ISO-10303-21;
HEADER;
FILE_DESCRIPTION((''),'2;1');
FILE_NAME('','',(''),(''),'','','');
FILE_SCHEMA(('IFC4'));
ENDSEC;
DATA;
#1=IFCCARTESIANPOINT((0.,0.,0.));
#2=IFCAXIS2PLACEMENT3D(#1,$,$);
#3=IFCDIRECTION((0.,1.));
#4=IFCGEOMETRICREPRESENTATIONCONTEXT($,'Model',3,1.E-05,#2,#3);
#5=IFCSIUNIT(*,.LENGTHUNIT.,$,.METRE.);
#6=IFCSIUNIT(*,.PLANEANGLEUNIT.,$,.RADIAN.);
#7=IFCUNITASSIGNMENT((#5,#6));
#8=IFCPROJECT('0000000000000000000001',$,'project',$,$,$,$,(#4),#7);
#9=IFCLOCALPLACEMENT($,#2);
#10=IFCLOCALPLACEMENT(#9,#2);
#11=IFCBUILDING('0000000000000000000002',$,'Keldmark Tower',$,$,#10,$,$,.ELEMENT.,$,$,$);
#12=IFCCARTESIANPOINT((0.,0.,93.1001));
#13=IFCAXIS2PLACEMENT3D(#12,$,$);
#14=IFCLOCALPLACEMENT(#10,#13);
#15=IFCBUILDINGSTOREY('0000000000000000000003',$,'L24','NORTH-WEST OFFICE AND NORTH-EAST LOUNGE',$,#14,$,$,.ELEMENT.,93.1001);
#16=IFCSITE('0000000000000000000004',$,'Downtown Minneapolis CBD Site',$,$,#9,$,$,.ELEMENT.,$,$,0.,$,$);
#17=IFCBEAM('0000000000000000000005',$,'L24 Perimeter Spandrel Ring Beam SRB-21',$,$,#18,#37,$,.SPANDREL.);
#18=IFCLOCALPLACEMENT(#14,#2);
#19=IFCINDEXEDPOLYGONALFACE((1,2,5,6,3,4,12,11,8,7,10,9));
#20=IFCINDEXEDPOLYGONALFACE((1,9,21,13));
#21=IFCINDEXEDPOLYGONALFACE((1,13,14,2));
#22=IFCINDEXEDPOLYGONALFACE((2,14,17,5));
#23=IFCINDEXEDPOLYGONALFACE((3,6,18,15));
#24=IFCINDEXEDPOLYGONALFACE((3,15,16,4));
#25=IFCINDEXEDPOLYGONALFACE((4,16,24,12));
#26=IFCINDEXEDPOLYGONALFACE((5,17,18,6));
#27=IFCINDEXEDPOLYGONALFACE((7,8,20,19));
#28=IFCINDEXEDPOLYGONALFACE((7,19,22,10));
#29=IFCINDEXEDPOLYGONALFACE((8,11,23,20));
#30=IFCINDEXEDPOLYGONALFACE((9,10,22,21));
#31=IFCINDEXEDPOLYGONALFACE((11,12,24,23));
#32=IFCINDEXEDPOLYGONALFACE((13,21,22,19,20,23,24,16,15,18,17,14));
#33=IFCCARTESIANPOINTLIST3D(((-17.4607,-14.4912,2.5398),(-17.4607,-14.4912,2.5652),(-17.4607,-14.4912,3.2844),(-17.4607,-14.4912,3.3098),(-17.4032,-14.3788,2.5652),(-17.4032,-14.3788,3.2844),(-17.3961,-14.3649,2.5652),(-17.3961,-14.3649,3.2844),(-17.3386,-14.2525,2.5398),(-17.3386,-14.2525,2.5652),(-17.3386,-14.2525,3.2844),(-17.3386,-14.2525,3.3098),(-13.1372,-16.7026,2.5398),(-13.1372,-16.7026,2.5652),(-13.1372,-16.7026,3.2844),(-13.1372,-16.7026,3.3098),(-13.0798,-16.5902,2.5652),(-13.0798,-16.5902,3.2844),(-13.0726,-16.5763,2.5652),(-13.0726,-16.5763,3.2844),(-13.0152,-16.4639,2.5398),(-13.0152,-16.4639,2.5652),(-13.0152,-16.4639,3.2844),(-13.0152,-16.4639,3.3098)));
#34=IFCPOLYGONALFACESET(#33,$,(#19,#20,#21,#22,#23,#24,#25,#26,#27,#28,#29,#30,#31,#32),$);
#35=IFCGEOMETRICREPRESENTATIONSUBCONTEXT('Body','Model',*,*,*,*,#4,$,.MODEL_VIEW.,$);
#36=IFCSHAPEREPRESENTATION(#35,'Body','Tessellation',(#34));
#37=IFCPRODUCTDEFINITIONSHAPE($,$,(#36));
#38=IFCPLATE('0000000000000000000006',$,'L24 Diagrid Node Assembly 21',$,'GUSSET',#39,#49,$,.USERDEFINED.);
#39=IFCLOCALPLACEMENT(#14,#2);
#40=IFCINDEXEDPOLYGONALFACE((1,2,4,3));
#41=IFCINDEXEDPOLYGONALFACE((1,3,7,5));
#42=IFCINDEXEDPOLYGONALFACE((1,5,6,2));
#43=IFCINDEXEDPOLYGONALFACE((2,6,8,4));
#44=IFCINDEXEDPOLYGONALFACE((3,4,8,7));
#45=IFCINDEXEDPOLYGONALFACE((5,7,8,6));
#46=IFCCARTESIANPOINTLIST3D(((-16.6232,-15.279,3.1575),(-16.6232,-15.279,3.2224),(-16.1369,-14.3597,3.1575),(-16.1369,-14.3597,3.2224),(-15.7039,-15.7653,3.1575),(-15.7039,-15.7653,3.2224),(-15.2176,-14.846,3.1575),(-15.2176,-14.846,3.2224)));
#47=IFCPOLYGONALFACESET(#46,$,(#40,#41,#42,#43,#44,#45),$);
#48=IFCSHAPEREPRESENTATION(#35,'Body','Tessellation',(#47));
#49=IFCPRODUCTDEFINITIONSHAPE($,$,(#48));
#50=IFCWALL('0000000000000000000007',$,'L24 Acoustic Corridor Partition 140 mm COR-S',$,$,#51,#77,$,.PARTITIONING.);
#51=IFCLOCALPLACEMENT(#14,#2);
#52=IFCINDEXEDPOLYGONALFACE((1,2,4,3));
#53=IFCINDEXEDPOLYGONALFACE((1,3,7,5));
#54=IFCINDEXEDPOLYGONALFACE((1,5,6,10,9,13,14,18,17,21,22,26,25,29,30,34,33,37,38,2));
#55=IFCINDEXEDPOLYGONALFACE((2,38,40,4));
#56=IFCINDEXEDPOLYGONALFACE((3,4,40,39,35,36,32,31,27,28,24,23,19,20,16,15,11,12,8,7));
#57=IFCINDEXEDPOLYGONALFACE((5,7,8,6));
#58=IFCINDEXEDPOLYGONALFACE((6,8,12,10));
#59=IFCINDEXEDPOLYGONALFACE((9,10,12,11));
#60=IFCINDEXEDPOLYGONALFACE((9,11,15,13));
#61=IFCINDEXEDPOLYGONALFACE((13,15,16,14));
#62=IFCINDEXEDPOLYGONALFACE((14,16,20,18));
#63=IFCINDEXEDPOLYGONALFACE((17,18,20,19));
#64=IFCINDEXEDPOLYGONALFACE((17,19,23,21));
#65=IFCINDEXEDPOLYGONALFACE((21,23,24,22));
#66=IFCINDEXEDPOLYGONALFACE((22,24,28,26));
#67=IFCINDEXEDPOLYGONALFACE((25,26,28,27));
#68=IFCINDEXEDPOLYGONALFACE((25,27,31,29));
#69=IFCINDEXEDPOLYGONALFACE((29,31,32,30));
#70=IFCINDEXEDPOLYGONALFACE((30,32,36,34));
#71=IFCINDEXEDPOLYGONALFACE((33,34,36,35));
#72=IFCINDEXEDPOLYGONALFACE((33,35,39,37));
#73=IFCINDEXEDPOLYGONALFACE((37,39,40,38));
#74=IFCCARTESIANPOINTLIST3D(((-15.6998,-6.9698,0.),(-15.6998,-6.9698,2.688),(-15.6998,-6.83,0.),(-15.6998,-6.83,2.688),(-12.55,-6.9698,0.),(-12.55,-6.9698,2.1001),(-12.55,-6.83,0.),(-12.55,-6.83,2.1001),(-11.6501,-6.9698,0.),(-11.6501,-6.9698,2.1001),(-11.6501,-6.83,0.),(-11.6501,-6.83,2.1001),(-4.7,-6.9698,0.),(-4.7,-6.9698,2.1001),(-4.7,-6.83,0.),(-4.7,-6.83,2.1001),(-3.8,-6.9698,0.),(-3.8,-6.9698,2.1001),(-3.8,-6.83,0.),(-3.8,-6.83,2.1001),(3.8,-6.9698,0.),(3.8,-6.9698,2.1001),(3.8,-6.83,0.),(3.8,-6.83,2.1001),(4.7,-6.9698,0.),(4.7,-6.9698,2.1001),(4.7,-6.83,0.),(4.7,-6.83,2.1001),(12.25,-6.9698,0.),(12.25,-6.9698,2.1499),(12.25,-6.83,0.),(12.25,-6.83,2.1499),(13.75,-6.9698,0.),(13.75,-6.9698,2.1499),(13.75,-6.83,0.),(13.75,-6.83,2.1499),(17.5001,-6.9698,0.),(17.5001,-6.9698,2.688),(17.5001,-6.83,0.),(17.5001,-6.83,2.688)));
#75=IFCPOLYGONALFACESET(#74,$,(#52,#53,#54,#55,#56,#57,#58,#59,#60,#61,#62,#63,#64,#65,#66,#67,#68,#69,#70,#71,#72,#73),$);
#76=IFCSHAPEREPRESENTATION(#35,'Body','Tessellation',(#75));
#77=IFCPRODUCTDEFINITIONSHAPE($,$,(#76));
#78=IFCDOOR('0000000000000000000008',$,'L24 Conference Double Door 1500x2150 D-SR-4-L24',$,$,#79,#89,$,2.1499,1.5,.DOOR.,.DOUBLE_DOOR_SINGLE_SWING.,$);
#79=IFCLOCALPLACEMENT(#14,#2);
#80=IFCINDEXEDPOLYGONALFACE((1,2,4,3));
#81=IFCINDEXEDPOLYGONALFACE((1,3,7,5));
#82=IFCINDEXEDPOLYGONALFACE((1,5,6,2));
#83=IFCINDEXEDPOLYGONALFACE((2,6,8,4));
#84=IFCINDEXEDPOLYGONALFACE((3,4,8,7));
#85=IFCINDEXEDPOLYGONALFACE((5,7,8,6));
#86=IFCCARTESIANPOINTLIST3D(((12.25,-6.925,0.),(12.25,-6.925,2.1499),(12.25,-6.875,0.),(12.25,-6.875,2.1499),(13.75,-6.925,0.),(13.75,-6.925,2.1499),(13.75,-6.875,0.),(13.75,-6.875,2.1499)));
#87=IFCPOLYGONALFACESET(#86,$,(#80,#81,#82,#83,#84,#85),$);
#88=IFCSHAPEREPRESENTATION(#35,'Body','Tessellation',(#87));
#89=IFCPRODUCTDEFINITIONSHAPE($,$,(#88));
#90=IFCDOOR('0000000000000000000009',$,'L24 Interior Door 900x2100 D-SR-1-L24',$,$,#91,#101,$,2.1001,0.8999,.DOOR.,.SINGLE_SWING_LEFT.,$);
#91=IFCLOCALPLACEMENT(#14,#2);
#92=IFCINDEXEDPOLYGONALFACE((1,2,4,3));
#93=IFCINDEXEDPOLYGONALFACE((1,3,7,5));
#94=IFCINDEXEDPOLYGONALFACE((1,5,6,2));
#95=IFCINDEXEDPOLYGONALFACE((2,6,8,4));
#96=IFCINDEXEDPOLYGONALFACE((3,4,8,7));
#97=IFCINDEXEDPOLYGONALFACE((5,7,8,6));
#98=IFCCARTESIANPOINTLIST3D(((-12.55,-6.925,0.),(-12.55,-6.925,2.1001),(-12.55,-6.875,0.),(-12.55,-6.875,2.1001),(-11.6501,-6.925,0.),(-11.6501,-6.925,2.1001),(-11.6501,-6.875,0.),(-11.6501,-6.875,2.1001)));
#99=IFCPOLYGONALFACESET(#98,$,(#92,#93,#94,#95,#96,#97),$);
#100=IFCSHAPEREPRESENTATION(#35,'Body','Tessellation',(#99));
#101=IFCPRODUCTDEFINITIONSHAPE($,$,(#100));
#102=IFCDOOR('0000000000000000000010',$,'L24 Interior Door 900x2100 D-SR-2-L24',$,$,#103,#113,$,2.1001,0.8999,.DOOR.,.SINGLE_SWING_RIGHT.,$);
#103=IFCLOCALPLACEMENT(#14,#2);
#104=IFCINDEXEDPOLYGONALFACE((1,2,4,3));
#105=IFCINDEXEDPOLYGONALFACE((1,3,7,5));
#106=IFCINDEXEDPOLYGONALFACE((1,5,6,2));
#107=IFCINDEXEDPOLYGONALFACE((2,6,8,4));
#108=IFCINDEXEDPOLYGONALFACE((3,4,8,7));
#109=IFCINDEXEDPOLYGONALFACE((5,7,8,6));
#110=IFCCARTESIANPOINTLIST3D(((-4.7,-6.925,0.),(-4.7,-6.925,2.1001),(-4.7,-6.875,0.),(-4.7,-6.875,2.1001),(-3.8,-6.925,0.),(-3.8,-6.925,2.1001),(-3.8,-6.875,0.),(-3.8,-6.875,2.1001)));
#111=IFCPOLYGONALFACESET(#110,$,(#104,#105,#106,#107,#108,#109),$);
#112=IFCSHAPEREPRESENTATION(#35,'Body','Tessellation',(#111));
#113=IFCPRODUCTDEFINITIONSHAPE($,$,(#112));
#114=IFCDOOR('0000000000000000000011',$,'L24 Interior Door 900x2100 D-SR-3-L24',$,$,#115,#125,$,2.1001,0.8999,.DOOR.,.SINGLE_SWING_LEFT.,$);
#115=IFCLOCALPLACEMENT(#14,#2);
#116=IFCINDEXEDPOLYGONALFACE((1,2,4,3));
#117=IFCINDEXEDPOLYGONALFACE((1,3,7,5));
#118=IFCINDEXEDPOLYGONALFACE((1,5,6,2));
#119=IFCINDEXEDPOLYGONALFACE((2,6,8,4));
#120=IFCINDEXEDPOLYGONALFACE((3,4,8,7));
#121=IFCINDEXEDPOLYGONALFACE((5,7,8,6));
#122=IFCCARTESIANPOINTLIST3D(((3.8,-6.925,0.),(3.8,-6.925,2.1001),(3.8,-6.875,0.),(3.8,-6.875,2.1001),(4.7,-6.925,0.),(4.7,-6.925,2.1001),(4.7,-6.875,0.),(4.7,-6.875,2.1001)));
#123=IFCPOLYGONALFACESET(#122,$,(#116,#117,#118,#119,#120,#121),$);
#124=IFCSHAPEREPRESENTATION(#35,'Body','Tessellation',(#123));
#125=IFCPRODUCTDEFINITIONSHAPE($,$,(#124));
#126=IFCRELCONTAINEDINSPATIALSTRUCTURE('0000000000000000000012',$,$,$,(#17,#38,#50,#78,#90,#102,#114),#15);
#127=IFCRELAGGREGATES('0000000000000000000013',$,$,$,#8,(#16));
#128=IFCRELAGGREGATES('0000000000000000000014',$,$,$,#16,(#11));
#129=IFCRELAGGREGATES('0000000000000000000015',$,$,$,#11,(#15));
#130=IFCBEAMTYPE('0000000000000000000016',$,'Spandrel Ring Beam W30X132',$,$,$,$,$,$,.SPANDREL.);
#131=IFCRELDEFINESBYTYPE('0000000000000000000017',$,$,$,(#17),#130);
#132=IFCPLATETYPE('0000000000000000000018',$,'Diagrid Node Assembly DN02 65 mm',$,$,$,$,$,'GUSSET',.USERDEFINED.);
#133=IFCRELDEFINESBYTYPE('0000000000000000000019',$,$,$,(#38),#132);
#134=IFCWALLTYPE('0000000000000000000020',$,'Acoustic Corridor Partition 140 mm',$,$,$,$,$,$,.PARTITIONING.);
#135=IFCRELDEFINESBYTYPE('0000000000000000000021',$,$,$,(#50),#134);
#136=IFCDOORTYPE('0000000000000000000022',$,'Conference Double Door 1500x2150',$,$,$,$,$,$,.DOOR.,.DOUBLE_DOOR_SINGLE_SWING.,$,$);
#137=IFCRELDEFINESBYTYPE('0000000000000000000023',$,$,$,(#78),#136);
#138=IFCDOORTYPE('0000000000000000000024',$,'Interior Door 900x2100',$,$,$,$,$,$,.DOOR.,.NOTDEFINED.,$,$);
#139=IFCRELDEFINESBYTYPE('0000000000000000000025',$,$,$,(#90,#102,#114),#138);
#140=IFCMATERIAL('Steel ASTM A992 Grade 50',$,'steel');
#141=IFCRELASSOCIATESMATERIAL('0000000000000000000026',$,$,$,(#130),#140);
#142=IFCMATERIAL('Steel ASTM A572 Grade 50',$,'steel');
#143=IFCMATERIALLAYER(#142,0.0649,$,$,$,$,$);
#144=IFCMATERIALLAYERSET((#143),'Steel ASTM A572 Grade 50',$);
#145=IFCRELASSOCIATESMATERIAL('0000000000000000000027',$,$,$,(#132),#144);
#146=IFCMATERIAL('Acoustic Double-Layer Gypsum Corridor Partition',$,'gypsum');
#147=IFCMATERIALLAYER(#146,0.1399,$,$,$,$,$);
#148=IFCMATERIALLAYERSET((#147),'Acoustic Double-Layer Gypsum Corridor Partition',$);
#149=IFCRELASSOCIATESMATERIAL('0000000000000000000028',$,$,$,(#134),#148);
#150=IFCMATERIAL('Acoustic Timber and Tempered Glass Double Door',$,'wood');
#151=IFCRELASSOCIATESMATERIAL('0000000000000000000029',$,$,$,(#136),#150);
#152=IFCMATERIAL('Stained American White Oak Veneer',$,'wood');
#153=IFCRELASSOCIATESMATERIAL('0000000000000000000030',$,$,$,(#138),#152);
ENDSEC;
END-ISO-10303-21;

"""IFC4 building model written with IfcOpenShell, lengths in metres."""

from ifc_helpers import new_model, si_unit, direction, frame, frame_2d, origin, origin_2d, place, context, subcontext, project, spatial, rectangle, i_section, extrude, material, layer, layer_set, material_profile, profile_set, type_object, element, fill, save


model = new_model("IFC4")

# Units and contexts
model_context = context("Model", 3, precision=1e-05, world=origin(), true_north=direction((0.0, 1.0)))
body_context = subcontext(model_context, "Body", "Model", "MODEL_VIEW")
ifc_project = project(units=[si_unit("LENGTHUNIT", "METRE"), si_unit("PLANEANGLEUNIT", "RADIAN")], contexts=[model_context])

# Site, building, storey
site_placement = place(None, origin())
site = spatial("IfcSite", under=ifc_project, at=site_placement, Name="Downtown Minneapolis CBD Site", CompositionType="ELEMENT", RefElevation=0.0)
building_placement = place(site_placement, origin())
building = spatial("IfcBuilding", under=site, at=building_placement, Name="Keldmark Tower", CompositionType="ELEMENT")
storey_placement = place(building_placement, frame((0.0, 0.0, 93.1001)))
storey = spatial("IfcBuildingStorey", under=building, at=storey_placement, Name="L24", Description="NORTH-WEST OFFICE AND NORTH-EAST LOUNGE", CompositionType="ELEMENT", Elevation=93.1001)

# Beam
ifc_material_1 = material(Name="Steel ASTM A992 Grade 50", Category="steel")
ifc_material_profile_1 = material_profile(ifc_material_1, i_section(OverallWidth=0.2681, OverallDepth=0.77, WebThickness=0.0156, FlangeThickness=0.0254, at=origin_2d()), Name="W30X132")
ifc_profile_set_1 = profile_set([ifc_material_profile_1], Name="Steel ASTM A992 Grade 50")
beam_type_1 = type_object("IfcBeamType", Name="Spandrel Ring Beam W30X132", PredefinedType="SPANDREL", material=ifc_profile_set_1)
beam_1_placement = place(storey_placement, frame((-17.3997, -14.3718, 2.9248), z_axis=(0.890297, -0.455379, 0.0), x_axis=(0.455379, 0.890297, 0.0)))
element("IfcBeam", 1, at=beam_1_placement, inside=storey, type_object=beam_type_1, Name="L24 Perimeter Spandrel Ring Beam SRB-21", PredefinedType="SPANDREL", context=body_context, shape_type="SweptSolid", body=[
    extrude(i_section(OverallWidth=0.2681, OverallDepth=0.77, WebThickness=0.0156, FlangeThickness=0.0254, at=origin_2d()), origin(), (0.0, 0.0, 1.0), 4.8562),
])

# Plate
ifc_material_2 = material(Name="Steel ASTM A572 Grade 50", Category="steel")
ifc_layer_1 = layer(ifc_material_2, 0.0649)
ifc_layer_set_1 = layer_set([ifc_layer_1], Name="Steel ASTM A572 Grade 50")
plate_type = type_object("IfcPlateType", Name="Diagrid Node Assembly DN02 65 mm", ElementType="GUSSET", PredefinedType="USERDEFINED", material=ifc_layer_set_1)
plate_placement = place(storey_placement, frame((-15.9204, -15.0625, 3.1575), z_axis=(0.0, 0.0, 1.0), x_axis=(0.883929, -0.467621, 0.0)))
element("IfcPlate", 2, at=plate_placement, inside=storey, type_object=plate_type, Name="L24 Diagrid Node Assembly 21", ObjectType="GUSSET", PredefinedType="USERDEFINED", context=body_context, shape_type="SweptSolid", body=[
    extrude(rectangle(XDim=1.04, YDim=1.04, at=origin_2d()), origin(), (0.0, 0.0, 1.0), 0.0649),
])

# Wall, openings, doors
ifc_material_3 = material(Name="Acoustic Double-Layer Gypsum Corridor Partition", Category="gypsum")
ifc_layer_2 = layer(ifc_material_3, 0.1399)
ifc_layer_set_2 = layer_set([ifc_layer_2], Name="Acoustic Double-Layer Gypsum Corridor Partition")
wall_type_1 = type_object("IfcWallType", Name="Acoustic Corridor Partition 140 mm", PredefinedType="PARTITIONING", material=ifc_layer_set_2)
wall_1_placement = place(storey_placement, frame((-15.7, -6.8999, 0.0), z_axis=(0.0, 0.0, 1.0), x_axis=(1.0, 0.0, 0.0)))
wall_1 = element("IfcWall", 3, at=wall_1_placement, inside=storey, type_object=wall_type_1, Name="L24 Acoustic Corridor Partition 140 mm COR-S", PredefinedType="PARTITIONING", context=body_context, shape_type="SweptSolid", body=[
    extrude(rectangle(XDim=33.2, YDim=0.1399, at=frame_2d((16.6001, 0.0))), origin(), (0.0, 0.0, 1.0), 2.688),
])
opening_1_placement = place(wall_1_placement, frame((3.1499, 0.0, 0.0)))
opening_1 = element("IfcOpeningElement", 4, at=opening_1_placement, cuts=wall_1, PredefinedType="OPENING", context=body_context, shape_type="SweptSolid", body=[
    extrude(rectangle(XDim=0.8999, YDim=2.1001, at=frame_2d((0.45, 1.05))), frame((0.0, 0.0798, 0.0), z_axis=(0.0, -1.0, 0.0), x_axis=(1.0, 0.0, 0.0)), (0.0, 0.0, 1.0), 0.1599),
])
opening_2_placement = place(wall_1_placement, frame((11.0, 0.0, 0.0)))
opening_2 = element("IfcOpeningElement", 5, at=opening_2_placement, cuts=wall_1, PredefinedType="OPENING", context=body_context, shape_type="SweptSolid", body=[
    extrude(rectangle(XDim=0.8999, YDim=2.1001, at=frame_2d((0.45, 1.05))), frame((0.0, 0.0798, 0.0), z_axis=(0.0, -1.0, 0.0), x_axis=(1.0, 0.0, 0.0)), (0.0, 0.0, 1.0), 0.1599),
])
opening_3_placement = place(wall_1_placement, frame((19.5, 0.0, 0.0)))
opening_3 = element("IfcOpeningElement", 6, at=opening_3_placement, cuts=wall_1, PredefinedType="OPENING", context=body_context, shape_type="SweptSolid", body=[
    extrude(rectangle(XDim=0.8999, YDim=2.1001, at=frame_2d((0.45, 1.05))), frame((0.0, 0.0798, 0.0), z_axis=(0.0, -1.0, 0.0), x_axis=(1.0, 0.0, 0.0)), (0.0, 0.0, 1.0), 0.1599),
])
opening_4_placement = place(wall_1_placement, frame((27.95, 0.0, 0.0)))
opening_4 = element("IfcOpeningElement", 7, at=opening_4_placement, cuts=wall_1, PredefinedType="OPENING", context=body_context, shape_type="SweptSolid", body=[
    extrude(rectangle(XDim=1.5, YDim=2.1499, at=frame_2d((0.75, 1.075))), frame((0.0, 0.0798, 0.0), z_axis=(0.0, -1.0, 0.0), x_axis=(1.0, 0.0, 0.0)), (0.0, 0.0, 1.0), 0.1599),
])
ifc_material_4 = material(Name="Acoustic Timber and Tempered Glass Double Door", Category="wood")
door_type_1 = type_object("IfcDoorType", Name="Conference Double Door 1500x2150", OperationType="DOUBLE_DOOR_SINGLE_SWING", PredefinedType="DOOR", material=ifc_material_4)
door_1_placement = place(opening_4_placement, origin())
door_1 = element("IfcDoor", 8, at=door_1_placement, inside=storey, type_object=door_type_1, Name="L24 Conference Double Door 1500x2150 D-SR-4-L24", OperationType="DOUBLE_DOOR_SINGLE_SWING", OverallHeight=2.1499, OverallWidth=1.5, PredefinedType="DOOR", context=body_context, shape_type="SweptSolid", body=[
    extrude(rectangle(XDim=1.5, YDim=2.1499, at=frame_2d((0.75, 1.075))), frame((0.0, 0.0249, 0.0), z_axis=(0.0, -1.0, 0.0), x_axis=(1.0, 0.0, 0.0)), (0.0, 0.0, 1.0), 0.05),
])
fill(opening_4, door_1)
ifc_material_5 = material(Name="Stained American White Oak Veneer", Category="wood")
door_type_2 = type_object("IfcDoorType", Name="Interior Door 900x2100", OperationType="NOTDEFINED", PredefinedType="DOOR", material=ifc_material_5)
door_2_placement = place(opening_1_placement, origin())
door_2 = element("IfcDoor", 9, at=door_2_placement, inside=storey, type_object=door_type_2, Name="L24 Interior Door 900x2100 D-SR-1-L24", OperationType="SINGLE_SWING_LEFT", OverallHeight=2.1001, OverallWidth=0.8999, PredefinedType="DOOR", context=body_context, shape_type="SweptSolid", body=[
    extrude(rectangle(XDim=0.8999, YDim=2.1001, at=frame_2d((0.45, 1.05))), frame((0.0, 0.0249, 0.0), z_axis=(0.0, -1.0, 0.0), x_axis=(1.0, 0.0, 0.0)), (0.0, 0.0, 1.0), 0.05),
])
fill(opening_1, door_2)
door_3_placement = place(opening_2_placement, origin())
door_3 = element("IfcDoor", 10, at=door_3_placement, inside=storey, type_object=door_type_2, Name="L24 Interior Door 900x2100 D-SR-2-L24", OperationType="SINGLE_SWING_RIGHT", OverallHeight=2.1001, OverallWidth=0.8999, PredefinedType="DOOR", context=body_context, shape_type="SweptSolid", body=[
    extrude(rectangle(XDim=0.8999, YDim=2.1001, at=frame_2d((0.45, 1.05))), frame((0.0, 0.0249, 0.0), z_axis=(0.0, -1.0, 0.0), x_axis=(1.0, 0.0, 0.0)), (0.0, 0.0, 1.0), 0.05),
])
fill(opening_2, door_3)
door_4_placement = place(opening_3_placement, origin())
door_4 = element("IfcDoor", 11, at=door_4_placement, inside=storey, type_object=door_type_2, Name="L24 Interior Door 900x2100 D-SR-3-L24", OperationType="SINGLE_SWING_LEFT", OverallHeight=2.1001, OverallWidth=0.8999, PredefinedType="DOOR", context=body_context, shape_type="SweptSolid", body=[
    extrude(rectangle(XDim=0.8999, YDim=2.1001, at=frame_2d((0.45, 1.05))), frame((0.0, 0.0249, 0.0), z_axis=(0.0, -1.0, 0.0), x_axis=(1.0, 0.0, 0.0)), (0.0, 0.0, 1.0), 0.05),
])
fill(opening_3, door_4)

save(model, "model.ifc")
